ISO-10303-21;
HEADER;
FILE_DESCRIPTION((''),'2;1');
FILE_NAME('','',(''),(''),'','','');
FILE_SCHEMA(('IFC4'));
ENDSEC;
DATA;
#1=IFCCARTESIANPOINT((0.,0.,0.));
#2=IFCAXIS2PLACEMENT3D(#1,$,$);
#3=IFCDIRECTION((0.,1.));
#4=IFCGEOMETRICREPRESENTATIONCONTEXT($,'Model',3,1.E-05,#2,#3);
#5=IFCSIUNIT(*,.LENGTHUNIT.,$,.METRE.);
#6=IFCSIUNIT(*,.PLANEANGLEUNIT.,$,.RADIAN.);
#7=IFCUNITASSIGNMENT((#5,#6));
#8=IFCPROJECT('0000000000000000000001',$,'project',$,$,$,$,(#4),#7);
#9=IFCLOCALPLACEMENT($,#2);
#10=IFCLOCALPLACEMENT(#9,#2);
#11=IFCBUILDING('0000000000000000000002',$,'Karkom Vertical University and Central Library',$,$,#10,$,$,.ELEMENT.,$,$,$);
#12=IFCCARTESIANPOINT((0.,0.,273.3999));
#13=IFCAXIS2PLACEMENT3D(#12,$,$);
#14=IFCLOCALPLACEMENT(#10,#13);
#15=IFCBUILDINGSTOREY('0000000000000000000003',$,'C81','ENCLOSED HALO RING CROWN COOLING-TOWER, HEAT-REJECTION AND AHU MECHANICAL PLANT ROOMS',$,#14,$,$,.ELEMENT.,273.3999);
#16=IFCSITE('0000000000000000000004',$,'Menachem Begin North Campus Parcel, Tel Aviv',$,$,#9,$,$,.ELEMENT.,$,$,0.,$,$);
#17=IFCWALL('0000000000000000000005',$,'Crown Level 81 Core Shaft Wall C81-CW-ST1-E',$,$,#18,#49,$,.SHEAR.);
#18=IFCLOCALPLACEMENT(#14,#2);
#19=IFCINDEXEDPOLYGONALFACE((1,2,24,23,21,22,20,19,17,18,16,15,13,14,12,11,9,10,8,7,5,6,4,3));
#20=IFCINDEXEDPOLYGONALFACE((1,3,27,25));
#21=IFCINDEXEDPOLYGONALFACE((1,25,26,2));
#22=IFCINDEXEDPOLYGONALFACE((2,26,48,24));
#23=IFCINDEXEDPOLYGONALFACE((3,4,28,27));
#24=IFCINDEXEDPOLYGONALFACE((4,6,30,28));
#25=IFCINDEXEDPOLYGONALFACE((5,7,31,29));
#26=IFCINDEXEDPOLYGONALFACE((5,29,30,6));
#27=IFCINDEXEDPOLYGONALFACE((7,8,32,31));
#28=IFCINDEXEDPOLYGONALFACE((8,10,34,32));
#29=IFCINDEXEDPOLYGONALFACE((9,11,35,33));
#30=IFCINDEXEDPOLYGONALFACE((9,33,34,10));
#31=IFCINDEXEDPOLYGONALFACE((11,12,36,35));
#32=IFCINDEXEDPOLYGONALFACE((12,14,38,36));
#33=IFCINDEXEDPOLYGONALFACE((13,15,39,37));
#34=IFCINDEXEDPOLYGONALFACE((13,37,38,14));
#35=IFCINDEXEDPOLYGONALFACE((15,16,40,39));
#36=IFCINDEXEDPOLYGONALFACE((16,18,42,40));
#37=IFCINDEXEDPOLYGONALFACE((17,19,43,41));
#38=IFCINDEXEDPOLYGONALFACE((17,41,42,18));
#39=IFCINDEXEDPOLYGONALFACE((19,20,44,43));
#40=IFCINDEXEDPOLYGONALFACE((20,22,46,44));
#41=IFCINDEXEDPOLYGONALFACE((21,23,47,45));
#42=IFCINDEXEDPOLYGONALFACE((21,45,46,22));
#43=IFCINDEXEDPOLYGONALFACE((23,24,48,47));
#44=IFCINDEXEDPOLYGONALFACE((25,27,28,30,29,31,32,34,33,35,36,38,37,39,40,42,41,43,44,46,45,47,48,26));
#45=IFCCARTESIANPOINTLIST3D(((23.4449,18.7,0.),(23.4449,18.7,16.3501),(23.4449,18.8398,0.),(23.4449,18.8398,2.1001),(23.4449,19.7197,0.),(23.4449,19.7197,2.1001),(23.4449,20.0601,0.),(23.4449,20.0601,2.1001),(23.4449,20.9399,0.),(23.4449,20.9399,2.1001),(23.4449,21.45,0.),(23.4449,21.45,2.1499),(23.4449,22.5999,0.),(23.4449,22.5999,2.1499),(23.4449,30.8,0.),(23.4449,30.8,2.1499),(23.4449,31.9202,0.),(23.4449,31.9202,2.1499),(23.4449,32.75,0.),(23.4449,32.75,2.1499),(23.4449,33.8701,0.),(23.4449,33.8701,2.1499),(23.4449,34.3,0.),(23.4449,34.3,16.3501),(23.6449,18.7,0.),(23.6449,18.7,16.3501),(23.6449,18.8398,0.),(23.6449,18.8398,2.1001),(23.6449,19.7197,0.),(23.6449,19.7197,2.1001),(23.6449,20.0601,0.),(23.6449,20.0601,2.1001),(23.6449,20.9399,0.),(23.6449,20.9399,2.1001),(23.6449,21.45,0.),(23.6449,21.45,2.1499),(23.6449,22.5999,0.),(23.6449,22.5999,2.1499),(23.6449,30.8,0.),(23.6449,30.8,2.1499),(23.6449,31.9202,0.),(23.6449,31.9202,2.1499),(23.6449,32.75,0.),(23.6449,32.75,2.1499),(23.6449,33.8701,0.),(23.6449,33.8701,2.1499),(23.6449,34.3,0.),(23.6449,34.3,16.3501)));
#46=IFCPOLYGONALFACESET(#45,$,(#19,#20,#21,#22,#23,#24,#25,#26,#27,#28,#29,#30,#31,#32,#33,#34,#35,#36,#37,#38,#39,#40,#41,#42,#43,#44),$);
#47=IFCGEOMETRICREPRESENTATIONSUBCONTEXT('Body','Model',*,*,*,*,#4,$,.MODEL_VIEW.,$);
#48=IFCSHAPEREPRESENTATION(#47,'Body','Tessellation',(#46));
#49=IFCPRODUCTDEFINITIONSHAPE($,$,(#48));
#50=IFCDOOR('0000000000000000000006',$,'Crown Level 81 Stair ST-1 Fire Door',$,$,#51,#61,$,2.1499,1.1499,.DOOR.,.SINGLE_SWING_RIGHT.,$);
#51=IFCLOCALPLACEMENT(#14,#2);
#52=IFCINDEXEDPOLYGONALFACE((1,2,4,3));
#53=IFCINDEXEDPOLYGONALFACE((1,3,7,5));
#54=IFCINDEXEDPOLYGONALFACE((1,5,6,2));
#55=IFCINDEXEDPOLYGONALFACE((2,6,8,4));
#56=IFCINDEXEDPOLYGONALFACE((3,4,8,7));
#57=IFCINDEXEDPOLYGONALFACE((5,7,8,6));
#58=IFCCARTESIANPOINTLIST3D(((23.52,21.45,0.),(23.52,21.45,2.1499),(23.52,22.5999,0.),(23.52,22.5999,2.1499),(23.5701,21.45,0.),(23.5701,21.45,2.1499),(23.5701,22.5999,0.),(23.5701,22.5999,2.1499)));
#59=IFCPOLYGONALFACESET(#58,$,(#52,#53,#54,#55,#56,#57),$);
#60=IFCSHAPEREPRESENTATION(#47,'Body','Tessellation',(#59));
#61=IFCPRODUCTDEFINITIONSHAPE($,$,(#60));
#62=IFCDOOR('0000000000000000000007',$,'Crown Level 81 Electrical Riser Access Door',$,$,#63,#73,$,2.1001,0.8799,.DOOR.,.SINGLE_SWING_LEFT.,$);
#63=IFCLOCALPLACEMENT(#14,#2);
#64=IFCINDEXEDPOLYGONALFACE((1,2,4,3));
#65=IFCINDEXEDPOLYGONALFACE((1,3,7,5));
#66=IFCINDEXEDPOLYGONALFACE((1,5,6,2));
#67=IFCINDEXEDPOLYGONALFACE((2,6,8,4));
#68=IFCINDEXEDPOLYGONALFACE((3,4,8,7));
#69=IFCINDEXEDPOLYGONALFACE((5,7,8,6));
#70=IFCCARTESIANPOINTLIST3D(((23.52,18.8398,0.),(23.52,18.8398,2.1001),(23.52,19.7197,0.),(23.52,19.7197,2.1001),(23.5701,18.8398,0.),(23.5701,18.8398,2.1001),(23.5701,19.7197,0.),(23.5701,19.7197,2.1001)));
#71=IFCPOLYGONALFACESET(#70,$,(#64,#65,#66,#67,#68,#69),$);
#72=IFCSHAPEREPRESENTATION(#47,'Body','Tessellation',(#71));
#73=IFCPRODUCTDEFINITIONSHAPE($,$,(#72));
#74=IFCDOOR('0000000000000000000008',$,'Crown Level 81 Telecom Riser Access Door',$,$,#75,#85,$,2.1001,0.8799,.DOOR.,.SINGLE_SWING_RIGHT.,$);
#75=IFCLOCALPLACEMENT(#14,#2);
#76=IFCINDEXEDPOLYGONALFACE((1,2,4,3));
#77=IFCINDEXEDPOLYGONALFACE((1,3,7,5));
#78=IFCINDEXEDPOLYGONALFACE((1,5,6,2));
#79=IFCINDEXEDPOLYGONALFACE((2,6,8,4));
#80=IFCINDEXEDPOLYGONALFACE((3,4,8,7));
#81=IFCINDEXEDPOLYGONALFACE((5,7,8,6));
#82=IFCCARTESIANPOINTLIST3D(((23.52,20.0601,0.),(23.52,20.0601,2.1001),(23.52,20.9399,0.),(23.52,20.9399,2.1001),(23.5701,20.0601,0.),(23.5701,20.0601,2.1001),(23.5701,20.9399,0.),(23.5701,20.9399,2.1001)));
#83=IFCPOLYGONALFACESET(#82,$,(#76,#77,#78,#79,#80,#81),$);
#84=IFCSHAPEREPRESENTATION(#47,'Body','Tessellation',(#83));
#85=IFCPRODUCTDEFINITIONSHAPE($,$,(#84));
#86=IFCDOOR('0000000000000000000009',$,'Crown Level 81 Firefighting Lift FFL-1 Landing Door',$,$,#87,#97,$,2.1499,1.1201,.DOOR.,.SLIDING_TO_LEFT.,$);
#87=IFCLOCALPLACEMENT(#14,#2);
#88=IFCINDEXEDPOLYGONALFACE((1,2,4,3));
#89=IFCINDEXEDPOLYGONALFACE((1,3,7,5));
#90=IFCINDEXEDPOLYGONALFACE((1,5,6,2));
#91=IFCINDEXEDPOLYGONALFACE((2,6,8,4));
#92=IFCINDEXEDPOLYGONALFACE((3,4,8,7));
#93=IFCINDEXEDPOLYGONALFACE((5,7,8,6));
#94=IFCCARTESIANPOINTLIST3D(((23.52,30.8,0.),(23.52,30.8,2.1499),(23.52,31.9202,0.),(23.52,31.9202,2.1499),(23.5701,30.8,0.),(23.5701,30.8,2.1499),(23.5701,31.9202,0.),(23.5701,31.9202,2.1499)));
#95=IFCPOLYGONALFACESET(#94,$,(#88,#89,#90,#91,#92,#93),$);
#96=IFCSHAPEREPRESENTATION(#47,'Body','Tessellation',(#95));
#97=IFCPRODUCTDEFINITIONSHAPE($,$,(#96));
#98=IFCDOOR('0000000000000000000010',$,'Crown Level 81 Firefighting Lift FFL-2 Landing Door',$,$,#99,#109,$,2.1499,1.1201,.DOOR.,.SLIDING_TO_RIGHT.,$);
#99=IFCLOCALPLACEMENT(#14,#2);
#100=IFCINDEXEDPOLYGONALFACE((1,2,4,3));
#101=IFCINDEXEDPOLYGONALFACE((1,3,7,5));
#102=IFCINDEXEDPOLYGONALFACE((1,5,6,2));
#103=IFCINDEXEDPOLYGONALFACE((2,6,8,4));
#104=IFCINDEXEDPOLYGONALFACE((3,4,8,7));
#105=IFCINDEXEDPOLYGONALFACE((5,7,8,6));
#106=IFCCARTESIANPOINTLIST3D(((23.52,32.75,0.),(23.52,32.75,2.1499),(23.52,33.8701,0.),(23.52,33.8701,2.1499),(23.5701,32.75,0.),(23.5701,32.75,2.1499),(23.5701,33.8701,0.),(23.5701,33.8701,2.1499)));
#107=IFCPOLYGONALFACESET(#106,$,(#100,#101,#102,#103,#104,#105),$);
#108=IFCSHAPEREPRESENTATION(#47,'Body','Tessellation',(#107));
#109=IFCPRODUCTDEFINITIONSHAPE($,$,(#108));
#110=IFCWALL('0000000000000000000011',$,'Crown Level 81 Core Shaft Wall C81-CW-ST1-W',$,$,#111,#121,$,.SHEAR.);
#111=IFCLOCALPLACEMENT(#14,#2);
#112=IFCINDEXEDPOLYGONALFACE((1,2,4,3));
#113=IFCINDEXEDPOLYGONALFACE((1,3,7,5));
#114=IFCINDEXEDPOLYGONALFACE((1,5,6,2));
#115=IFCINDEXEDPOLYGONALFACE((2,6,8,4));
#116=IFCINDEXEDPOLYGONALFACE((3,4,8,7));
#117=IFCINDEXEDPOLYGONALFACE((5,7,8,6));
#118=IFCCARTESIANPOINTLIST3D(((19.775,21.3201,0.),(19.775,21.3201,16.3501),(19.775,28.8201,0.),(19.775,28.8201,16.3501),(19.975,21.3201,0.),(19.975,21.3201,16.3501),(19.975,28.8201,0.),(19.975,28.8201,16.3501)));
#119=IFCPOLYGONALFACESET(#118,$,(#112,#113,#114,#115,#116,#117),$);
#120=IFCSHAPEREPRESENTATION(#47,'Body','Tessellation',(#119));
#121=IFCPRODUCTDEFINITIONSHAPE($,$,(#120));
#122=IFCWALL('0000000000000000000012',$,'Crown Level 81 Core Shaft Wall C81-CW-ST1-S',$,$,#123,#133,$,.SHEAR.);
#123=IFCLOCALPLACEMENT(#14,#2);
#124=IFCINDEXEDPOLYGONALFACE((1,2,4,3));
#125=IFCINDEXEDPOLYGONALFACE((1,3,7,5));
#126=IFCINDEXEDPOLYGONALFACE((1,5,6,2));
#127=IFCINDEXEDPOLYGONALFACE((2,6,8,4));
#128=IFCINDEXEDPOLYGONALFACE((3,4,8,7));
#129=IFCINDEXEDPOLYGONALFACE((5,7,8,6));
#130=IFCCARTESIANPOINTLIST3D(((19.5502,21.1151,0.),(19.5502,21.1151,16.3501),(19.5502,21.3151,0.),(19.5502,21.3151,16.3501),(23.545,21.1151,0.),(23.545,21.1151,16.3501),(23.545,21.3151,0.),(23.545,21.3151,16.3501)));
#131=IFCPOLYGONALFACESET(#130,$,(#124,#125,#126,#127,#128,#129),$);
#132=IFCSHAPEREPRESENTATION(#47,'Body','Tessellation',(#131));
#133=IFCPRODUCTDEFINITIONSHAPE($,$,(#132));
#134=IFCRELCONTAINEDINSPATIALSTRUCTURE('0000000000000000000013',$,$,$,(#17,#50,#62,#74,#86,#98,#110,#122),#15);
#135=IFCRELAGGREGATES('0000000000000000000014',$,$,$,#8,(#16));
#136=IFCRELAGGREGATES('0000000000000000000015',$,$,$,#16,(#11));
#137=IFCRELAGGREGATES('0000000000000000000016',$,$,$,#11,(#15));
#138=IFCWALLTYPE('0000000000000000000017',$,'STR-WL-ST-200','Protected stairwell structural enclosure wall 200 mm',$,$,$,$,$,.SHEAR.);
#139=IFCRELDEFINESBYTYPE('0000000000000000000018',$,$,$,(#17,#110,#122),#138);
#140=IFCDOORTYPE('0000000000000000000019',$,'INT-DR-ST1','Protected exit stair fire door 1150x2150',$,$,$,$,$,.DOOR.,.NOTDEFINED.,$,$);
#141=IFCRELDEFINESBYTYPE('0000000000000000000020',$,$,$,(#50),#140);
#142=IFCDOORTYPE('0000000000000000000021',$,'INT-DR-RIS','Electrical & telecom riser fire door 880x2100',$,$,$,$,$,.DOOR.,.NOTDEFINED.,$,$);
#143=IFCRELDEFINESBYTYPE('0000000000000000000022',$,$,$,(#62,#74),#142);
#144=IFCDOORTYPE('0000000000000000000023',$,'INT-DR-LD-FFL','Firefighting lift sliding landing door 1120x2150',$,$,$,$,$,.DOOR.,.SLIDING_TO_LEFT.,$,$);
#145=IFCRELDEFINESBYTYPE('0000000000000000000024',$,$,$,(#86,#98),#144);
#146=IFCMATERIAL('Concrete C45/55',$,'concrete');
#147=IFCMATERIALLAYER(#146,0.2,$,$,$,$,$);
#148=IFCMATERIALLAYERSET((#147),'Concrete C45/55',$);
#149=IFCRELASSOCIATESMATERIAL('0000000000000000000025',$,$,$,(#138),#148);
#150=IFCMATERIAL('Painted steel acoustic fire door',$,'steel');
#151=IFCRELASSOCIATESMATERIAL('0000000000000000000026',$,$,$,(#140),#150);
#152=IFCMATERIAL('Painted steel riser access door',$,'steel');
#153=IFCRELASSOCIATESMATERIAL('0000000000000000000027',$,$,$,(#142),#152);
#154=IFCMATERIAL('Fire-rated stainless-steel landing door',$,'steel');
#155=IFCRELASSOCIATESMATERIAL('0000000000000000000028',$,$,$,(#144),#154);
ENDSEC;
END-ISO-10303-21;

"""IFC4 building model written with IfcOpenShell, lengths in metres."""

from ifc_helpers import new_model, si_unit, direction, frame, frame_2d, origin, origin_with_axes, place, context, subcontext, project, spatial, rectangle, extrude, source, transform, mapped, material, layer, layer_set, type_object, element, fill, save


model = new_model("IFC4")

# Units and contexts
model_context = context("Model", 3, precision=1e-05, world=origin(), true_north=direction((0.0, 1.0)))
body_context = subcontext(model_context, "Body", "Model", "MODEL_VIEW")
ifc_project = project(units=[si_unit("LENGTHUNIT", "METRE"), si_unit("PLANEANGLEUNIT", "RADIAN")], contexts=[model_context])

# Site, building, storey
site_placement = place(None, origin())
site = spatial("IfcSite", under=ifc_project, at=site_placement, Name="Menachem Begin North Campus Parcel, Tel Aviv", CompositionType="ELEMENT", RefElevation=0.0)
building_placement = place(site_placement, origin())
building = spatial("IfcBuilding", under=site, at=building_placement, Name="Karkom Vertical University and Central Library", CompositionType="ELEMENT")
storey_placement = place(building_placement, frame((0.0, 0.0, 273.3999)))
storey = spatial("IfcBuildingStorey", under=building, at=storey_placement, Name="C81", Description="ENCLOSED HALO RING CROWN COOLING-TOWER, HEAT-REJECTION AND AHU MECHANICAL PLANT ROOMS", CompositionType="ELEMENT", Elevation=273.3999)

# Shared definitions
ifc_material_1 = material(Name="Concrete C45/55", Category="concrete")

# Wall, openings, doors
ifc_layer_1 = layer(ifc_material_1, 0.2)
ifc_layer_set_1 = layer_set([ifc_layer_1], Name="Concrete C45/55")
wall_type_1 = type_object("IfcWallType", Name="STR-WL-ST-200", Description="Protected stairwell structural enclosure wall 200 mm", PredefinedType="SHEAR", material=ifc_layer_set_1)
wall_1_placement = place(storey_placement, frame((23.5449, 18.7, 0.0), z_axis=(0.0, 0.0, 1.0), x_axis=(0.0, 1.0, 0.0)))
wall_1 = element("IfcWall", 1, at=wall_1_placement, inside=storey, type_object=wall_type_1, Name="Crown Level 81 Core Shaft Wall C81-CW-ST1-E", PredefinedType="SHEAR", context=body_context, shape_type="SweptSolid", body=[
    extrude(rectangle(XDim=15.6001, YDim=0.2, at=frame_2d((7.8, 0.0))), origin(), (0.0, 0.0, 1.0), 16.3501),
])
opening_1_placement = place(wall_1_placement, frame((2.75, 0.0, 0.0)))
opening_1 = element("IfcOpeningElement", 2, at=opening_1_placement, cuts=wall_1, PredefinedType="OPENING", context=body_context, shape_type="SweptSolid", body=[
    extrude(rectangle(XDim=1.1499, YDim=2.1499, at=frame_2d((0.575, 1.075))), frame((0.0, 0.1099, 0.0), z_axis=(0.0, -1.0, 0.0), x_axis=(1.0, 0.0, 0.0)), (0.0, 0.0, 1.0), 0.22),
])
opening_2_placement = place(wall_1_placement, frame((0.1399, 0.0, 0.0)))
opening_2 = element("IfcOpeningElement", 3, at=opening_2_placement, cuts=wall_1, PredefinedType="OPENING", context=body_context, shape_type="SweptSolid", body=[
    extrude(rectangle(XDim=0.8799, YDim=2.1001, at=frame_2d((0.4399, 1.05))), frame((0.0, 0.1099, 0.0), z_axis=(0.0, -1.0, 0.0), x_axis=(1.0, 0.0, 0.0)), (0.0, 0.0, 1.0), 0.22),
])
opening_3_placement = place(wall_1_placement, frame((1.3601, 0.0, 0.0)))
opening_3 = element("IfcOpeningElement", 4, at=opening_3_placement, cuts=wall_1, PredefinedType="OPENING", context=body_context, shape_type="SweptSolid", body=[
    extrude(rectangle(XDim=0.8799, YDim=2.1001, at=frame_2d((0.4399, 1.05))), frame((0.0, 0.1099, 0.0), z_axis=(0.0, -1.0, 0.0), x_axis=(1.0, 0.0, 0.0)), (0.0, 0.0, 1.0), 0.22),
])
opening_4_placement = place(wall_1_placement, frame((12.1001, 0.0, 0.0)))
opening_4 = element("IfcOpeningElement", 5, at=opening_4_placement, cuts=wall_1, PredefinedType="OPENING", context=body_context, shape_type="SweptSolid", body=[
    extrude(rectangle(XDim=1.1201, YDim=2.1499, at=frame_2d((0.5601, 1.075))), frame((0.0, 0.1099, 0.0), z_axis=(0.0, -1.0, 0.0), x_axis=(1.0, 0.0, 0.0)), (0.0, 0.0, 1.0), 0.22),
])
opening_5_placement = place(wall_1_placement, frame((14.05, 0.0, 0.0)))
opening_5 = element("IfcOpeningElement", 6, at=opening_5_placement, cuts=wall_1, PredefinedType="OPENING", context=body_context, shape_type="SweptSolid", body=[
    extrude(rectangle(XDim=1.1201, YDim=2.1499, at=frame_2d((0.5601, 1.075))), frame((0.0, 0.1099, 0.0), z_axis=(0.0, -1.0, 0.0), x_axis=(1.0, 0.0, 0.0)), (0.0, 0.0, 1.0), 0.22),
])
ifc_material_2 = material(Name="Painted steel acoustic fire door", Category="steel")
door_type_1 = type_object("IfcDoorType", Name="INT-DR-ST1", Description="Protected exit stair fire door 1150x2150", OperationType="NOTDEFINED", PredefinedType="DOOR", material=ifc_material_2)
shared_shape_1 = source(origin_with_axes(), body_context, "Body", "SweptSolid", [
    extrude(rectangle(XDim=1.1499, YDim=2.1499, at=frame_2d((0.575, 1.075))), frame((0.0, 0.0249, 0.0), z_axis=(0.0, -1.0, 0.0), x_axis=(1.0, 0.0, 0.0)), (0.0, 0.0, 1.0), 0.05),
])
door_1_placement = place(opening_1_placement, origin())
door_1 = element("IfcDoor", 7, at=door_1_placement, inside=storey, type_object=door_type_1, Name="Crown Level 81 Stair ST-1 Fire Door", OperationType="SINGLE_SWING_RIGHT", OverallHeight=2.1499, OverallWidth=1.1499, PredefinedType="DOOR", context=body_context, shape_type="MappedRepresentation", body=[
    mapped(shared_shape_1, transform((0.0, 0.0, 0.0), scale=1.0)),
])
fill(opening_1, door_1)
ifc_material_3 = material(Name="Painted steel riser access door", Category="steel")
door_type_2 = type_object("IfcDoorType", Name="INT-DR-RIS", Description="Electrical & telecom riser fire door 880x2100", OperationType="NOTDEFINED", PredefinedType="DOOR", material=ifc_material_3)
shared_shape_2 = source(origin_with_axes(), body_context, "Body", "SweptSolid", [
    extrude(rectangle(XDim=0.8799, YDim=2.1001, at=frame_2d((0.4399, 1.05))), frame((0.0, 0.0249, 0.0), z_axis=(0.0, -1.0, 0.0), x_axis=(1.0, 0.0, 0.0)), (0.0, 0.0, 1.0), 0.05),
])
door_2_placement = place(opening_2_placement, origin())
door_2 = element("IfcDoor", 8, at=door_2_placement, inside=storey, type_object=door_type_2, Name="Crown Level 81 Electrical Riser Access Door", OperationType="SINGLE_SWING_LEFT", OverallHeight=2.1001, OverallWidth=0.8799, PredefinedType="DOOR", context=body_context, shape_type="MappedRepresentation", body=[
    mapped(shared_shape_2, transform((0.0, 0.0, 0.0), scale=1.0)),
])
fill(opening_2, door_2)
door_3_placement = place(opening_3_placement, origin())
door_3 = element("IfcDoor", 9, at=door_3_placement, inside=storey, type_object=door_type_2, Name="Crown Level 81 Telecom Riser Access Door", OperationType="SINGLE_SWING_RIGHT", OverallHeight=2.1001, OverallWidth=0.8799, PredefinedType="DOOR", context=body_context, shape_type="MappedRepresentation", body=[
    mapped(shared_shape_2, transform((0.0, 0.0, 0.0), scale=1.0)),
])
fill(opening_3, door_3)
ifc_material_4 = material(Name="Fire-rated stainless-steel landing door", Category="steel")
door_type_3 = type_object("IfcDoorType", Name="INT-DR-LD-FFL", Description="Firefighting lift sliding landing door 1120x2150", OperationType="SLIDING_TO_LEFT", PredefinedType="DOOR", material=ifc_material_4)
shared_shape_3 = source(origin_with_axes(), body_context, "Body", "SweptSolid", [
    extrude(rectangle(XDim=1.1201, YDim=2.1499, at=frame_2d((0.5601, 1.075))), frame((0.0, 0.0249, 0.0), z_axis=(0.0, -1.0, 0.0), x_axis=(1.0, 0.0, 0.0)), (0.0, 0.0, 1.0), 0.05),
])
door_4_placement = place(opening_4_placement, origin())
door_4 = element("IfcDoor", 10, at=door_4_placement, inside=storey, type_object=door_type_3, Name="Crown Level 81 Firefighting Lift FFL-1 Landing Door", OperationType="SLIDING_TO_LEFT", OverallHeight=2.1499, OverallWidth=1.1201, PredefinedType="DOOR", context=body_context, shape_type="MappedRepresentation", body=[
    mapped(shared_shape_3, transform((0.0, 0.0, 0.0), scale=1.0)),
])
fill(opening_4, door_4)
door_5_placement = place(opening_5_placement, origin())
door_5 = element("IfcDoor", 11, at=door_5_placement, inside=storey, type_object=door_type_3, Name="Crown Level 81 Firefighting Lift FFL-2 Landing Door", OperationType="SLIDING_TO_RIGHT", OverallHeight=2.1499, OverallWidth=1.1201, PredefinedType="DOOR", context=body_context, shape_type="MappedRepresentation", body=[
    mapped(shared_shape_3, transform((0.0, 0.0, 0.0), scale=1.0)),
])
fill(opening_5, door_5)

# Walls
wall_2_placement = place(storey_placement, frame((19.875, 21.3201, 0.0), z_axis=(0.0, 0.0, 1.0), x_axis=(0.0, 1.0, 0.0)))
element("IfcWall", 12, at=wall_2_placement, inside=storey, type_object=wall_type_1, Name="Crown Level 81 Core Shaft Wall C81-CW-ST1-W", PredefinedType="SHEAR", context=body_context, shape_type="SweptSolid", body=[
    extrude(rectangle(XDim=7.5, YDim=0.2, at=frame_2d((3.75, 0.0))), origin(), (0.0, 0.0, 1.0), 16.3501),
])
wall_3_placement = place(storey_placement, frame((19.55, 21.2151, 0.0), z_axis=(0.0, 0.0, 1.0), x_axis=(1.0, 0.0, 0.0)))
element("IfcWall", 13, at=wall_3_placement, inside=storey, type_object=wall_type_1, Name="Crown Level 81 Core Shaft Wall C81-CW-ST1-S", PredefinedType="SHEAR", context=body_context, shape_type="SweptSolid", body=[
    extrude(rectangle(XDim=3.9949, YDim=0.2, at=frame_2d((1.9976, 0.0))), origin(), (0.0, 0.0, 1.0), 16.3501),
])

save(model, "model.ifc")
